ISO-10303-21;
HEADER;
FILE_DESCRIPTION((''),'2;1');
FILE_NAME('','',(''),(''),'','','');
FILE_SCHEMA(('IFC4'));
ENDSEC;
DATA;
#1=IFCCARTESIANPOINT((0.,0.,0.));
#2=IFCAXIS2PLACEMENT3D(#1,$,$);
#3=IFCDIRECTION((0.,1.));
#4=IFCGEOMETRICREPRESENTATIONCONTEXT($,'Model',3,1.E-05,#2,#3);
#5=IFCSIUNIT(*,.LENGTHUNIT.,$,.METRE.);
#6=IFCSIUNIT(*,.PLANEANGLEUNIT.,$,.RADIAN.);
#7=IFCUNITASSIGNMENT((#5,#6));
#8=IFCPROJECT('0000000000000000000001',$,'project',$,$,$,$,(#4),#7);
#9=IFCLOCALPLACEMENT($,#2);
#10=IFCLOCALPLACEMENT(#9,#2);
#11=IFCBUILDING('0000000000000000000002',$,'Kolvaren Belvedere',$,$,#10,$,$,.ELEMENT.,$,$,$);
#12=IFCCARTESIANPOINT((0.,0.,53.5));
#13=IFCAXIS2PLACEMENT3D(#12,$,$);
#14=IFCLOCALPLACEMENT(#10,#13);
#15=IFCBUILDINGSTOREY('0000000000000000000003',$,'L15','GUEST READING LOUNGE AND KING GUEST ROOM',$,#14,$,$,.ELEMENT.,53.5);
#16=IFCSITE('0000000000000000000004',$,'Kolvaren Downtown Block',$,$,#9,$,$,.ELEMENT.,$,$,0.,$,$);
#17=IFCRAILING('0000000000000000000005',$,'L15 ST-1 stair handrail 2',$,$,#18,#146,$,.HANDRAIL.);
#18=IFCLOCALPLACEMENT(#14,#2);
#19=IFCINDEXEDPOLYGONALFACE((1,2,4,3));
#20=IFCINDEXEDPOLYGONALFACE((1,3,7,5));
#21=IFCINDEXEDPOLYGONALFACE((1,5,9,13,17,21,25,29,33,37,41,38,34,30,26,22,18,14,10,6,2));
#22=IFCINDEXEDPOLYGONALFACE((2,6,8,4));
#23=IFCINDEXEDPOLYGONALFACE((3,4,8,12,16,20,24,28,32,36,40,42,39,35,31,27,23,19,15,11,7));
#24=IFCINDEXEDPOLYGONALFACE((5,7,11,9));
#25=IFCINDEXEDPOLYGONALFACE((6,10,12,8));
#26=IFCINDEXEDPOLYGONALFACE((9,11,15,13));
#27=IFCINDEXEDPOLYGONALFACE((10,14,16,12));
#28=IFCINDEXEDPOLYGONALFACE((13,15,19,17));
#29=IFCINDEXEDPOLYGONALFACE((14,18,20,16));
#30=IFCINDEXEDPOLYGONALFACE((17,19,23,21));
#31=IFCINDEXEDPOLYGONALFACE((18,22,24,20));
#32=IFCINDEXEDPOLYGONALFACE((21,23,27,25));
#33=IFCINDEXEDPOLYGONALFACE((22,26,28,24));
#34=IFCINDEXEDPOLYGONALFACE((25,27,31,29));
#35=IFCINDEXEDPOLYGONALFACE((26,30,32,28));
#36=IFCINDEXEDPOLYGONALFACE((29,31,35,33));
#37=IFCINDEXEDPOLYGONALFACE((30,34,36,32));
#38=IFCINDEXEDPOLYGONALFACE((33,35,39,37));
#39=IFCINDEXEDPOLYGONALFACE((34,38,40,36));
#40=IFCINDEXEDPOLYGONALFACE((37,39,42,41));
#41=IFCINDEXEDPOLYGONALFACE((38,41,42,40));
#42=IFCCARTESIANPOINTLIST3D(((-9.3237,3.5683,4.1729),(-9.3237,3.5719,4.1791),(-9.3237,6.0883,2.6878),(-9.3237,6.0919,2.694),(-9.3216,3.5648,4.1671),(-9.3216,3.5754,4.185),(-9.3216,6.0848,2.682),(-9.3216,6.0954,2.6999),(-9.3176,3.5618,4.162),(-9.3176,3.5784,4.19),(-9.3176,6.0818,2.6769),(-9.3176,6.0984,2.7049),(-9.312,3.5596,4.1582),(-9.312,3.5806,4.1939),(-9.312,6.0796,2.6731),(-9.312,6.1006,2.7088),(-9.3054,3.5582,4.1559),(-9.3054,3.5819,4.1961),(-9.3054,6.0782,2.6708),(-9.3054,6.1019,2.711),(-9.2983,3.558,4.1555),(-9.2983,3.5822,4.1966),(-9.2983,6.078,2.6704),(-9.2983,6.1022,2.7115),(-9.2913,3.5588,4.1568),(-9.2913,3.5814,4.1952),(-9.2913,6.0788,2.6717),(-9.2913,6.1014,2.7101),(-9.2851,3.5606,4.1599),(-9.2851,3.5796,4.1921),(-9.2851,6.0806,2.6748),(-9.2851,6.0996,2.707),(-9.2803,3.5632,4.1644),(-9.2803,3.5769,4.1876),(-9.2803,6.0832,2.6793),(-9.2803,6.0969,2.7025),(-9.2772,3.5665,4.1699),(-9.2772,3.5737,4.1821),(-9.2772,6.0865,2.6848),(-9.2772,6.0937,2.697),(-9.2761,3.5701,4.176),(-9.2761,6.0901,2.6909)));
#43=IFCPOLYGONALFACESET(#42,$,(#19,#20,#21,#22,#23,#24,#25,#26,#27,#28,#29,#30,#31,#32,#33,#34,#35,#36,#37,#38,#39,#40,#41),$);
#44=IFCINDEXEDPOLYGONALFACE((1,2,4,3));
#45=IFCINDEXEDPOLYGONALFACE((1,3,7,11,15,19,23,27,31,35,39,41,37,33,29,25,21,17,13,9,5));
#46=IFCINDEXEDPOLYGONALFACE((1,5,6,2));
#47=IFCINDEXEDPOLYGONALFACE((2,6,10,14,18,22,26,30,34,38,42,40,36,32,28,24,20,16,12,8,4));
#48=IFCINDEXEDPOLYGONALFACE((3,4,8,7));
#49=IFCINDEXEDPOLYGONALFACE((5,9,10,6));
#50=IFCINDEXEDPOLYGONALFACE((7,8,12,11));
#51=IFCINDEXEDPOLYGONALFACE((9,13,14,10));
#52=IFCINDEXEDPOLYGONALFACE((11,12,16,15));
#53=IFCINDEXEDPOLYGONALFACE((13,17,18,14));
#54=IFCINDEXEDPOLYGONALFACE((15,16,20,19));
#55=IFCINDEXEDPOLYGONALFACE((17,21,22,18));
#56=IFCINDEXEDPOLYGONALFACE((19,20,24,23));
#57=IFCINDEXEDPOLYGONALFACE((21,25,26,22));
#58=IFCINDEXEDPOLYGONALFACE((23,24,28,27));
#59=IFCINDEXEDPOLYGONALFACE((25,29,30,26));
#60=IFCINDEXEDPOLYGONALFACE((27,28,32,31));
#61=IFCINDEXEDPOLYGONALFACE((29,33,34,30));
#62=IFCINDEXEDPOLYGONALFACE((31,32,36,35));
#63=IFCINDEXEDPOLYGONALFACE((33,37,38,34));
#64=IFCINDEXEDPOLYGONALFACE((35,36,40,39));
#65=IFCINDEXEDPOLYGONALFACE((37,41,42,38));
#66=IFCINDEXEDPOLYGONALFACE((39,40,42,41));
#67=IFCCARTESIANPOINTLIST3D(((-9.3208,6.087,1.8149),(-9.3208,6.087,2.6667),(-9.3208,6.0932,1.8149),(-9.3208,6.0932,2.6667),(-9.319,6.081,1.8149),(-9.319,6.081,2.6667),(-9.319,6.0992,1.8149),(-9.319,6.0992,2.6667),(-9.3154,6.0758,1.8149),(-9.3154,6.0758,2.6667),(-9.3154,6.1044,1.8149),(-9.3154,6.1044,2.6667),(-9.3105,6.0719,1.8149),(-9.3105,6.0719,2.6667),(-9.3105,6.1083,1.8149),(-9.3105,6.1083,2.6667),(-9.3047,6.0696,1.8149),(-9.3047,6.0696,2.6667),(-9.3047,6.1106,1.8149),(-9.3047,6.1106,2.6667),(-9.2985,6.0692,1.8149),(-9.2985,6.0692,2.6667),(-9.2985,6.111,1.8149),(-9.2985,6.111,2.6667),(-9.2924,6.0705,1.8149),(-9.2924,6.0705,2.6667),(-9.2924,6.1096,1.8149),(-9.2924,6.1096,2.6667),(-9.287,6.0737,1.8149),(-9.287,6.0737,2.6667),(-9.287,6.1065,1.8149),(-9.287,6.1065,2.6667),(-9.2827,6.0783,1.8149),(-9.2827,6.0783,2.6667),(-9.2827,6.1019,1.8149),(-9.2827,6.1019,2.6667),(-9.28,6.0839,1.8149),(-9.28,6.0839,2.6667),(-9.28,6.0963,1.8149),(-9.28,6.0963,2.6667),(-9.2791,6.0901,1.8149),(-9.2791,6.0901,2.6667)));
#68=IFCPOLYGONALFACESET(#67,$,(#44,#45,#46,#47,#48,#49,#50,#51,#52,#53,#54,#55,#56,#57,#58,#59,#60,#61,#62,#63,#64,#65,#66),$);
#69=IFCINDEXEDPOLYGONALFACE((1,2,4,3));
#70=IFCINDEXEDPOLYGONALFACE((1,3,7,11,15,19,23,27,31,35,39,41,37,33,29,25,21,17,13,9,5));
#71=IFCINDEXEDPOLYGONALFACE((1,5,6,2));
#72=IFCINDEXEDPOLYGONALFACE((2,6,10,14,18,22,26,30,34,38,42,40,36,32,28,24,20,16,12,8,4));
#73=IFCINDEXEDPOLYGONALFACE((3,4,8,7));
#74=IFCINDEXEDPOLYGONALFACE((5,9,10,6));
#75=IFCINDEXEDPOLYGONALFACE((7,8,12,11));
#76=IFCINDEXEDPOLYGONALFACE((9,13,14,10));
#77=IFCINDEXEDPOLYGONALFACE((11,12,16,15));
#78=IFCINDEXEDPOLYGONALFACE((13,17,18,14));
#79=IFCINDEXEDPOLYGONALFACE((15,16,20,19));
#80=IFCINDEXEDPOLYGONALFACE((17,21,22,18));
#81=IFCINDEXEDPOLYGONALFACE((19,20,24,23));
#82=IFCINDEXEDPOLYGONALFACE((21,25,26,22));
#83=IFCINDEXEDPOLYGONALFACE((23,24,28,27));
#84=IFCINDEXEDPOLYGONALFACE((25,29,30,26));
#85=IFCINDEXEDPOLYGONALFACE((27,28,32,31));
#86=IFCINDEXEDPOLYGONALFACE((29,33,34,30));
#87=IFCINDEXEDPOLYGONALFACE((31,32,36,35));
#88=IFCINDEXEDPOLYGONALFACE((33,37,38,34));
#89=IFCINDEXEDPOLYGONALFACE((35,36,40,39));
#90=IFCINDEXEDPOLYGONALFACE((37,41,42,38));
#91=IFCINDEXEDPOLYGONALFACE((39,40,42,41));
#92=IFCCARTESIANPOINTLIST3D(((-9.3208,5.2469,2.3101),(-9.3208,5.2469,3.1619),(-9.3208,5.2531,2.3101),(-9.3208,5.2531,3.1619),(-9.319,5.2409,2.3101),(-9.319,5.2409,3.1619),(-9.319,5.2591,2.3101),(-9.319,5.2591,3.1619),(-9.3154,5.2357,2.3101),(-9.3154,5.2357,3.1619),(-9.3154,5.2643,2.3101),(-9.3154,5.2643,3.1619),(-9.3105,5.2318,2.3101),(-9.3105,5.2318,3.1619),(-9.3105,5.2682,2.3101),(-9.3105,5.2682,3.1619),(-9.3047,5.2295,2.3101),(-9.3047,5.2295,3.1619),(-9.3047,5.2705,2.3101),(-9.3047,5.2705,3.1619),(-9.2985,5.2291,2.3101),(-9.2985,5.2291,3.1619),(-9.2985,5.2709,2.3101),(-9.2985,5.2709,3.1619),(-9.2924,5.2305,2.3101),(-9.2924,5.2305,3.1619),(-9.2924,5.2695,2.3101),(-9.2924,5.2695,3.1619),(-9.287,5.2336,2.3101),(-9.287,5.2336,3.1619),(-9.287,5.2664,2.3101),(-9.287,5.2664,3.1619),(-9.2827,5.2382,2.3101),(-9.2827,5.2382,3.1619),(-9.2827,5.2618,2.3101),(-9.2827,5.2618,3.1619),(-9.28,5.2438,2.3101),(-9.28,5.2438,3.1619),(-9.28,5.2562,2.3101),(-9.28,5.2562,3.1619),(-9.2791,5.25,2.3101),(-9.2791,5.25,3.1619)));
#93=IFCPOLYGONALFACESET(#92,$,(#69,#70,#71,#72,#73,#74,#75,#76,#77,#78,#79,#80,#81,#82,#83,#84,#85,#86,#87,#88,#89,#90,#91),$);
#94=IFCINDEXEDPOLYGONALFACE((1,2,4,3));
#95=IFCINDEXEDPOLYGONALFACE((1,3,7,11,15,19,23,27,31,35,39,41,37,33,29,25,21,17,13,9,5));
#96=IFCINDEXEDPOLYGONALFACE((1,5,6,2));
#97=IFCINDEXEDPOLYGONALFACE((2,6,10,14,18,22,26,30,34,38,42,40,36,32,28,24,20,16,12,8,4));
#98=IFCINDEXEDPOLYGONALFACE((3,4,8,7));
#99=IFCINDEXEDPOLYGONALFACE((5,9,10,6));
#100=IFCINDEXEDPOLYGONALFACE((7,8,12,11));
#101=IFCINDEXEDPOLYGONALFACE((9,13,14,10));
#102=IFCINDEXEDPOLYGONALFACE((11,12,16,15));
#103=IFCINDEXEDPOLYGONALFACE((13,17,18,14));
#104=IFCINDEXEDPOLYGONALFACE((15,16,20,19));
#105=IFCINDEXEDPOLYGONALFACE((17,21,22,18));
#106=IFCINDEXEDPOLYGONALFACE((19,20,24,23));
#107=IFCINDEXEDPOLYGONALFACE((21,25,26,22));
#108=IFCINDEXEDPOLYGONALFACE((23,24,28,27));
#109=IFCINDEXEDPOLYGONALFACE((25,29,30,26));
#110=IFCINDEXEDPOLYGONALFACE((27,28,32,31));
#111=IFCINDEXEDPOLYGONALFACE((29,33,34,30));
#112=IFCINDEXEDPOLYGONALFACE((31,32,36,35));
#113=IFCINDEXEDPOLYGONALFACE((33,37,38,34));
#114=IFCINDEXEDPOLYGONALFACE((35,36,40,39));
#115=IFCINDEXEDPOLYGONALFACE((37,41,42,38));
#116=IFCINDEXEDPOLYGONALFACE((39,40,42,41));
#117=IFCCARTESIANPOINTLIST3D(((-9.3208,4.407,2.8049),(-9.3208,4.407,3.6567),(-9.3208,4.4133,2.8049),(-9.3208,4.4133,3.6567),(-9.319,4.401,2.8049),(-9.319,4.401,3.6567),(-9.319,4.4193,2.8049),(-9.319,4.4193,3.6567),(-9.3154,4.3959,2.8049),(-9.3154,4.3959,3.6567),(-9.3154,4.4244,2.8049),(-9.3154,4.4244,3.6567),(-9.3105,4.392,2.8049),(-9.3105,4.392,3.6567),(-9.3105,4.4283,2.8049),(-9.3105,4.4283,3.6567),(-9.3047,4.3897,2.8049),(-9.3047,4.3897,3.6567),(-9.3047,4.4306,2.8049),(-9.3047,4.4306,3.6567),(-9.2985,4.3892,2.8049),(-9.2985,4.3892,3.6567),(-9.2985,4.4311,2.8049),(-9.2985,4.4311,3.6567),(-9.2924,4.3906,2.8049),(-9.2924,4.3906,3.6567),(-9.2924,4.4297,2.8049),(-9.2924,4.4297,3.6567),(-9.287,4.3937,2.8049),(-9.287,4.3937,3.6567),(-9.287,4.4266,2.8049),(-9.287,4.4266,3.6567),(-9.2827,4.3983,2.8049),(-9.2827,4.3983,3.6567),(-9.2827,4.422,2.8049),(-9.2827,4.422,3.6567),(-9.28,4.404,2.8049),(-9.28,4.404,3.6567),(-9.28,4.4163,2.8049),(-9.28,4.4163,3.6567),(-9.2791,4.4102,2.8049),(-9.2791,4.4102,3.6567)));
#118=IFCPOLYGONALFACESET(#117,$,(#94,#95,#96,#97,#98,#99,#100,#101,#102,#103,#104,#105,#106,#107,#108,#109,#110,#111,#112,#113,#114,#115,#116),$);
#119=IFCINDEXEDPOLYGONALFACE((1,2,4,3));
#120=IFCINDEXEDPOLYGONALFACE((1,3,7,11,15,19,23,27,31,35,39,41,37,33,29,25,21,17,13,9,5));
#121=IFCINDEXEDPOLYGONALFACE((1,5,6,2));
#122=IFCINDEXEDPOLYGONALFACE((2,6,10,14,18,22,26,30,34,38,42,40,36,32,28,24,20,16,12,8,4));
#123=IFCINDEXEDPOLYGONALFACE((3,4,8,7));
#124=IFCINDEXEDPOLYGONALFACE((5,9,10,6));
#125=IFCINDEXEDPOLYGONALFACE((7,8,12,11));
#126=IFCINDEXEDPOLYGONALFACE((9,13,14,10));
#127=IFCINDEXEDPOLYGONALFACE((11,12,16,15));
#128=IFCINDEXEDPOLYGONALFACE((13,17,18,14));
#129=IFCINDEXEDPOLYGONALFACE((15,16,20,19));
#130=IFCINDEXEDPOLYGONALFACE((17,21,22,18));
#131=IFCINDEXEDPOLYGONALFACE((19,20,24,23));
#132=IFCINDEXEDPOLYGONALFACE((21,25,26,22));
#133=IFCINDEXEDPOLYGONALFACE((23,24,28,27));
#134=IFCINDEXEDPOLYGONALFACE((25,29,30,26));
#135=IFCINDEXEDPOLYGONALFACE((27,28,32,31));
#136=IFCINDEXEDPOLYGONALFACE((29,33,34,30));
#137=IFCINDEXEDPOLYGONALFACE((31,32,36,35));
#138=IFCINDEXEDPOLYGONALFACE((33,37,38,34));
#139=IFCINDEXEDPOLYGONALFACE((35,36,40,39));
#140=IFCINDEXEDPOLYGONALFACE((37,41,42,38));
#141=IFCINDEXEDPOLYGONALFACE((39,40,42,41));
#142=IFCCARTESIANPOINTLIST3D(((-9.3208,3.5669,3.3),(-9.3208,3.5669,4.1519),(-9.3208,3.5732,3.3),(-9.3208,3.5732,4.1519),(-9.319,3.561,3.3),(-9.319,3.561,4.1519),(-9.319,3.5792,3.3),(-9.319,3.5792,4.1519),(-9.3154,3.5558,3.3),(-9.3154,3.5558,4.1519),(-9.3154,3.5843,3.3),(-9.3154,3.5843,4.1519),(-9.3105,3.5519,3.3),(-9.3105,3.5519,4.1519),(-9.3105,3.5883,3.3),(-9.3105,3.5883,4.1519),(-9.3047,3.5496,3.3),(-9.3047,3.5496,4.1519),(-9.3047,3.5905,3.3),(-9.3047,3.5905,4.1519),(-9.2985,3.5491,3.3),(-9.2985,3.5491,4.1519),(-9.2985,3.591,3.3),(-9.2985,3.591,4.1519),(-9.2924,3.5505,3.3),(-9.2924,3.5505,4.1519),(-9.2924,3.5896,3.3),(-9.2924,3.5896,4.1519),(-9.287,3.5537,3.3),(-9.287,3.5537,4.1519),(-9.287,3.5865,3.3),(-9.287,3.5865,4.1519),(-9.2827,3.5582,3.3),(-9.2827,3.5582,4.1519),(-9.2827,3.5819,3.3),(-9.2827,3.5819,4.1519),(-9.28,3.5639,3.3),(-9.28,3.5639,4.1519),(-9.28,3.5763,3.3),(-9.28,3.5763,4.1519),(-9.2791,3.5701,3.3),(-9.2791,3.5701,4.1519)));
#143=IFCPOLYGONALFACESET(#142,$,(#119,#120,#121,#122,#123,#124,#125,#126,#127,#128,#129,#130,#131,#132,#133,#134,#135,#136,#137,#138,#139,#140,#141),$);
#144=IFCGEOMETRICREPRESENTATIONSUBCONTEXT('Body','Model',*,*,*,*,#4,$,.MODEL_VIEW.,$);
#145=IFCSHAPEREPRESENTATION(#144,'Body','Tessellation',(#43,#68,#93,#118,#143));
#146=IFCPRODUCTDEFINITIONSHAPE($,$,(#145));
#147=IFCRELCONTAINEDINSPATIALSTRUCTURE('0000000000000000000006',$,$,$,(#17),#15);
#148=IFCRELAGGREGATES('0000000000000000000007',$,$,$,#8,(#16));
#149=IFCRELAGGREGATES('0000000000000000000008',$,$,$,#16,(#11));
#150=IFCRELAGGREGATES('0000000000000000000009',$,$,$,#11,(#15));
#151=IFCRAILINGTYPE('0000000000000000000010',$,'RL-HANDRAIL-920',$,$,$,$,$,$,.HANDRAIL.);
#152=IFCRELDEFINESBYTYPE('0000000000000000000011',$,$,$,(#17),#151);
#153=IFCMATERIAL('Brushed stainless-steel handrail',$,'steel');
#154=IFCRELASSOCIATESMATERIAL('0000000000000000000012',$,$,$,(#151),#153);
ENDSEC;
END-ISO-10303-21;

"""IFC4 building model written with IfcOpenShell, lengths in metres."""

from ifc_helpers import new_model, si_unit, direction, frame, origin, origin_2d, place, context, subcontext, project, spatial, circle, extrude, material, type_object, element, save


model = new_model("IFC4")

# Units and contexts
model_context = context("Model", 3, precision=1e-05, world=origin(), true_north=direction((0.0, 1.0)))
body_context = subcontext(model_context, "Body", "Model", "MODEL_VIEW")
ifc_project = project(units=[si_unit("LENGTHUNIT", "METRE"), si_unit("PLANEANGLEUNIT", "RADIAN")], contexts=[model_context])

# Site, building, storey
site_placement = place(None, origin())
site = spatial("IfcSite", under=ifc_project, at=site_placement, Name="Kolvaren Downtown Block", CompositionType="ELEMENT", RefElevation=0.0)
building_placement = place(site_placement, origin())
building = spatial("IfcBuilding", under=site, at=building_placement, Name="Kolvaren Belvedere", CompositionType="ELEMENT")
storey_placement = place(building_placement, frame((0.0, 0.0, 53.5)))
storey = spatial("IfcBuildingStorey", under=building, at=storey_placement, Name="L15", Description="GUEST READING LOUNGE AND KING GUEST ROOM", CompositionType="ELEMENT", Elevation=53.5)

# Railing
ifc_material_1 = material(Name="Brushed stainless-steel handrail", Category="steel")
railing_type_1 = type_object("IfcRailingType", Name="RL-HANDRAIL-920", PredefinedType="HANDRAIL", material=ifc_material_1)
railing_1_placement = place(storey_placement, frame((-9.3, 6.0901, 1.8149)))
element("IfcRailing", 1, at=railing_1_placement, inside=storey, type_object=railing_type_1, Name="L15 ST-1 stair handrail 2", PredefinedType="HANDRAIL", context=body_context, shape_type="SweptSolid", body=[
    extrude(circle(Radius=0.0239, at=origin_2d()), frame((0.0, 0.0, 0.876), z_axis=(0.0, -0.861524, 0.507717), x_axis=(1.0, 0.0, 0.0)), (0.0, 0.0, 1.0), 2.925),
    extrude(circle(Radius=0.021, at=origin_2d()), origin(), (0.0, 0.0, 1.0), 0.8518),
    extrude(circle(Radius=0.021, at=origin_2d()), frame((0.0, -0.8401, 0.4951)), (0.0, 0.0, 1.0), 0.8518),
    extrude(circle(Radius=0.021, at=origin_2d()), frame((0.0, -1.6799, 0.99)), (0.0, 0.0, 1.0), 0.8518),
    extrude(circle(Radius=0.021, at=origin_2d()), frame((0.0, -2.52, 1.4851)), (0.0, 0.0, 1.0), 0.8518),
])

save(model, "model.ifc")
